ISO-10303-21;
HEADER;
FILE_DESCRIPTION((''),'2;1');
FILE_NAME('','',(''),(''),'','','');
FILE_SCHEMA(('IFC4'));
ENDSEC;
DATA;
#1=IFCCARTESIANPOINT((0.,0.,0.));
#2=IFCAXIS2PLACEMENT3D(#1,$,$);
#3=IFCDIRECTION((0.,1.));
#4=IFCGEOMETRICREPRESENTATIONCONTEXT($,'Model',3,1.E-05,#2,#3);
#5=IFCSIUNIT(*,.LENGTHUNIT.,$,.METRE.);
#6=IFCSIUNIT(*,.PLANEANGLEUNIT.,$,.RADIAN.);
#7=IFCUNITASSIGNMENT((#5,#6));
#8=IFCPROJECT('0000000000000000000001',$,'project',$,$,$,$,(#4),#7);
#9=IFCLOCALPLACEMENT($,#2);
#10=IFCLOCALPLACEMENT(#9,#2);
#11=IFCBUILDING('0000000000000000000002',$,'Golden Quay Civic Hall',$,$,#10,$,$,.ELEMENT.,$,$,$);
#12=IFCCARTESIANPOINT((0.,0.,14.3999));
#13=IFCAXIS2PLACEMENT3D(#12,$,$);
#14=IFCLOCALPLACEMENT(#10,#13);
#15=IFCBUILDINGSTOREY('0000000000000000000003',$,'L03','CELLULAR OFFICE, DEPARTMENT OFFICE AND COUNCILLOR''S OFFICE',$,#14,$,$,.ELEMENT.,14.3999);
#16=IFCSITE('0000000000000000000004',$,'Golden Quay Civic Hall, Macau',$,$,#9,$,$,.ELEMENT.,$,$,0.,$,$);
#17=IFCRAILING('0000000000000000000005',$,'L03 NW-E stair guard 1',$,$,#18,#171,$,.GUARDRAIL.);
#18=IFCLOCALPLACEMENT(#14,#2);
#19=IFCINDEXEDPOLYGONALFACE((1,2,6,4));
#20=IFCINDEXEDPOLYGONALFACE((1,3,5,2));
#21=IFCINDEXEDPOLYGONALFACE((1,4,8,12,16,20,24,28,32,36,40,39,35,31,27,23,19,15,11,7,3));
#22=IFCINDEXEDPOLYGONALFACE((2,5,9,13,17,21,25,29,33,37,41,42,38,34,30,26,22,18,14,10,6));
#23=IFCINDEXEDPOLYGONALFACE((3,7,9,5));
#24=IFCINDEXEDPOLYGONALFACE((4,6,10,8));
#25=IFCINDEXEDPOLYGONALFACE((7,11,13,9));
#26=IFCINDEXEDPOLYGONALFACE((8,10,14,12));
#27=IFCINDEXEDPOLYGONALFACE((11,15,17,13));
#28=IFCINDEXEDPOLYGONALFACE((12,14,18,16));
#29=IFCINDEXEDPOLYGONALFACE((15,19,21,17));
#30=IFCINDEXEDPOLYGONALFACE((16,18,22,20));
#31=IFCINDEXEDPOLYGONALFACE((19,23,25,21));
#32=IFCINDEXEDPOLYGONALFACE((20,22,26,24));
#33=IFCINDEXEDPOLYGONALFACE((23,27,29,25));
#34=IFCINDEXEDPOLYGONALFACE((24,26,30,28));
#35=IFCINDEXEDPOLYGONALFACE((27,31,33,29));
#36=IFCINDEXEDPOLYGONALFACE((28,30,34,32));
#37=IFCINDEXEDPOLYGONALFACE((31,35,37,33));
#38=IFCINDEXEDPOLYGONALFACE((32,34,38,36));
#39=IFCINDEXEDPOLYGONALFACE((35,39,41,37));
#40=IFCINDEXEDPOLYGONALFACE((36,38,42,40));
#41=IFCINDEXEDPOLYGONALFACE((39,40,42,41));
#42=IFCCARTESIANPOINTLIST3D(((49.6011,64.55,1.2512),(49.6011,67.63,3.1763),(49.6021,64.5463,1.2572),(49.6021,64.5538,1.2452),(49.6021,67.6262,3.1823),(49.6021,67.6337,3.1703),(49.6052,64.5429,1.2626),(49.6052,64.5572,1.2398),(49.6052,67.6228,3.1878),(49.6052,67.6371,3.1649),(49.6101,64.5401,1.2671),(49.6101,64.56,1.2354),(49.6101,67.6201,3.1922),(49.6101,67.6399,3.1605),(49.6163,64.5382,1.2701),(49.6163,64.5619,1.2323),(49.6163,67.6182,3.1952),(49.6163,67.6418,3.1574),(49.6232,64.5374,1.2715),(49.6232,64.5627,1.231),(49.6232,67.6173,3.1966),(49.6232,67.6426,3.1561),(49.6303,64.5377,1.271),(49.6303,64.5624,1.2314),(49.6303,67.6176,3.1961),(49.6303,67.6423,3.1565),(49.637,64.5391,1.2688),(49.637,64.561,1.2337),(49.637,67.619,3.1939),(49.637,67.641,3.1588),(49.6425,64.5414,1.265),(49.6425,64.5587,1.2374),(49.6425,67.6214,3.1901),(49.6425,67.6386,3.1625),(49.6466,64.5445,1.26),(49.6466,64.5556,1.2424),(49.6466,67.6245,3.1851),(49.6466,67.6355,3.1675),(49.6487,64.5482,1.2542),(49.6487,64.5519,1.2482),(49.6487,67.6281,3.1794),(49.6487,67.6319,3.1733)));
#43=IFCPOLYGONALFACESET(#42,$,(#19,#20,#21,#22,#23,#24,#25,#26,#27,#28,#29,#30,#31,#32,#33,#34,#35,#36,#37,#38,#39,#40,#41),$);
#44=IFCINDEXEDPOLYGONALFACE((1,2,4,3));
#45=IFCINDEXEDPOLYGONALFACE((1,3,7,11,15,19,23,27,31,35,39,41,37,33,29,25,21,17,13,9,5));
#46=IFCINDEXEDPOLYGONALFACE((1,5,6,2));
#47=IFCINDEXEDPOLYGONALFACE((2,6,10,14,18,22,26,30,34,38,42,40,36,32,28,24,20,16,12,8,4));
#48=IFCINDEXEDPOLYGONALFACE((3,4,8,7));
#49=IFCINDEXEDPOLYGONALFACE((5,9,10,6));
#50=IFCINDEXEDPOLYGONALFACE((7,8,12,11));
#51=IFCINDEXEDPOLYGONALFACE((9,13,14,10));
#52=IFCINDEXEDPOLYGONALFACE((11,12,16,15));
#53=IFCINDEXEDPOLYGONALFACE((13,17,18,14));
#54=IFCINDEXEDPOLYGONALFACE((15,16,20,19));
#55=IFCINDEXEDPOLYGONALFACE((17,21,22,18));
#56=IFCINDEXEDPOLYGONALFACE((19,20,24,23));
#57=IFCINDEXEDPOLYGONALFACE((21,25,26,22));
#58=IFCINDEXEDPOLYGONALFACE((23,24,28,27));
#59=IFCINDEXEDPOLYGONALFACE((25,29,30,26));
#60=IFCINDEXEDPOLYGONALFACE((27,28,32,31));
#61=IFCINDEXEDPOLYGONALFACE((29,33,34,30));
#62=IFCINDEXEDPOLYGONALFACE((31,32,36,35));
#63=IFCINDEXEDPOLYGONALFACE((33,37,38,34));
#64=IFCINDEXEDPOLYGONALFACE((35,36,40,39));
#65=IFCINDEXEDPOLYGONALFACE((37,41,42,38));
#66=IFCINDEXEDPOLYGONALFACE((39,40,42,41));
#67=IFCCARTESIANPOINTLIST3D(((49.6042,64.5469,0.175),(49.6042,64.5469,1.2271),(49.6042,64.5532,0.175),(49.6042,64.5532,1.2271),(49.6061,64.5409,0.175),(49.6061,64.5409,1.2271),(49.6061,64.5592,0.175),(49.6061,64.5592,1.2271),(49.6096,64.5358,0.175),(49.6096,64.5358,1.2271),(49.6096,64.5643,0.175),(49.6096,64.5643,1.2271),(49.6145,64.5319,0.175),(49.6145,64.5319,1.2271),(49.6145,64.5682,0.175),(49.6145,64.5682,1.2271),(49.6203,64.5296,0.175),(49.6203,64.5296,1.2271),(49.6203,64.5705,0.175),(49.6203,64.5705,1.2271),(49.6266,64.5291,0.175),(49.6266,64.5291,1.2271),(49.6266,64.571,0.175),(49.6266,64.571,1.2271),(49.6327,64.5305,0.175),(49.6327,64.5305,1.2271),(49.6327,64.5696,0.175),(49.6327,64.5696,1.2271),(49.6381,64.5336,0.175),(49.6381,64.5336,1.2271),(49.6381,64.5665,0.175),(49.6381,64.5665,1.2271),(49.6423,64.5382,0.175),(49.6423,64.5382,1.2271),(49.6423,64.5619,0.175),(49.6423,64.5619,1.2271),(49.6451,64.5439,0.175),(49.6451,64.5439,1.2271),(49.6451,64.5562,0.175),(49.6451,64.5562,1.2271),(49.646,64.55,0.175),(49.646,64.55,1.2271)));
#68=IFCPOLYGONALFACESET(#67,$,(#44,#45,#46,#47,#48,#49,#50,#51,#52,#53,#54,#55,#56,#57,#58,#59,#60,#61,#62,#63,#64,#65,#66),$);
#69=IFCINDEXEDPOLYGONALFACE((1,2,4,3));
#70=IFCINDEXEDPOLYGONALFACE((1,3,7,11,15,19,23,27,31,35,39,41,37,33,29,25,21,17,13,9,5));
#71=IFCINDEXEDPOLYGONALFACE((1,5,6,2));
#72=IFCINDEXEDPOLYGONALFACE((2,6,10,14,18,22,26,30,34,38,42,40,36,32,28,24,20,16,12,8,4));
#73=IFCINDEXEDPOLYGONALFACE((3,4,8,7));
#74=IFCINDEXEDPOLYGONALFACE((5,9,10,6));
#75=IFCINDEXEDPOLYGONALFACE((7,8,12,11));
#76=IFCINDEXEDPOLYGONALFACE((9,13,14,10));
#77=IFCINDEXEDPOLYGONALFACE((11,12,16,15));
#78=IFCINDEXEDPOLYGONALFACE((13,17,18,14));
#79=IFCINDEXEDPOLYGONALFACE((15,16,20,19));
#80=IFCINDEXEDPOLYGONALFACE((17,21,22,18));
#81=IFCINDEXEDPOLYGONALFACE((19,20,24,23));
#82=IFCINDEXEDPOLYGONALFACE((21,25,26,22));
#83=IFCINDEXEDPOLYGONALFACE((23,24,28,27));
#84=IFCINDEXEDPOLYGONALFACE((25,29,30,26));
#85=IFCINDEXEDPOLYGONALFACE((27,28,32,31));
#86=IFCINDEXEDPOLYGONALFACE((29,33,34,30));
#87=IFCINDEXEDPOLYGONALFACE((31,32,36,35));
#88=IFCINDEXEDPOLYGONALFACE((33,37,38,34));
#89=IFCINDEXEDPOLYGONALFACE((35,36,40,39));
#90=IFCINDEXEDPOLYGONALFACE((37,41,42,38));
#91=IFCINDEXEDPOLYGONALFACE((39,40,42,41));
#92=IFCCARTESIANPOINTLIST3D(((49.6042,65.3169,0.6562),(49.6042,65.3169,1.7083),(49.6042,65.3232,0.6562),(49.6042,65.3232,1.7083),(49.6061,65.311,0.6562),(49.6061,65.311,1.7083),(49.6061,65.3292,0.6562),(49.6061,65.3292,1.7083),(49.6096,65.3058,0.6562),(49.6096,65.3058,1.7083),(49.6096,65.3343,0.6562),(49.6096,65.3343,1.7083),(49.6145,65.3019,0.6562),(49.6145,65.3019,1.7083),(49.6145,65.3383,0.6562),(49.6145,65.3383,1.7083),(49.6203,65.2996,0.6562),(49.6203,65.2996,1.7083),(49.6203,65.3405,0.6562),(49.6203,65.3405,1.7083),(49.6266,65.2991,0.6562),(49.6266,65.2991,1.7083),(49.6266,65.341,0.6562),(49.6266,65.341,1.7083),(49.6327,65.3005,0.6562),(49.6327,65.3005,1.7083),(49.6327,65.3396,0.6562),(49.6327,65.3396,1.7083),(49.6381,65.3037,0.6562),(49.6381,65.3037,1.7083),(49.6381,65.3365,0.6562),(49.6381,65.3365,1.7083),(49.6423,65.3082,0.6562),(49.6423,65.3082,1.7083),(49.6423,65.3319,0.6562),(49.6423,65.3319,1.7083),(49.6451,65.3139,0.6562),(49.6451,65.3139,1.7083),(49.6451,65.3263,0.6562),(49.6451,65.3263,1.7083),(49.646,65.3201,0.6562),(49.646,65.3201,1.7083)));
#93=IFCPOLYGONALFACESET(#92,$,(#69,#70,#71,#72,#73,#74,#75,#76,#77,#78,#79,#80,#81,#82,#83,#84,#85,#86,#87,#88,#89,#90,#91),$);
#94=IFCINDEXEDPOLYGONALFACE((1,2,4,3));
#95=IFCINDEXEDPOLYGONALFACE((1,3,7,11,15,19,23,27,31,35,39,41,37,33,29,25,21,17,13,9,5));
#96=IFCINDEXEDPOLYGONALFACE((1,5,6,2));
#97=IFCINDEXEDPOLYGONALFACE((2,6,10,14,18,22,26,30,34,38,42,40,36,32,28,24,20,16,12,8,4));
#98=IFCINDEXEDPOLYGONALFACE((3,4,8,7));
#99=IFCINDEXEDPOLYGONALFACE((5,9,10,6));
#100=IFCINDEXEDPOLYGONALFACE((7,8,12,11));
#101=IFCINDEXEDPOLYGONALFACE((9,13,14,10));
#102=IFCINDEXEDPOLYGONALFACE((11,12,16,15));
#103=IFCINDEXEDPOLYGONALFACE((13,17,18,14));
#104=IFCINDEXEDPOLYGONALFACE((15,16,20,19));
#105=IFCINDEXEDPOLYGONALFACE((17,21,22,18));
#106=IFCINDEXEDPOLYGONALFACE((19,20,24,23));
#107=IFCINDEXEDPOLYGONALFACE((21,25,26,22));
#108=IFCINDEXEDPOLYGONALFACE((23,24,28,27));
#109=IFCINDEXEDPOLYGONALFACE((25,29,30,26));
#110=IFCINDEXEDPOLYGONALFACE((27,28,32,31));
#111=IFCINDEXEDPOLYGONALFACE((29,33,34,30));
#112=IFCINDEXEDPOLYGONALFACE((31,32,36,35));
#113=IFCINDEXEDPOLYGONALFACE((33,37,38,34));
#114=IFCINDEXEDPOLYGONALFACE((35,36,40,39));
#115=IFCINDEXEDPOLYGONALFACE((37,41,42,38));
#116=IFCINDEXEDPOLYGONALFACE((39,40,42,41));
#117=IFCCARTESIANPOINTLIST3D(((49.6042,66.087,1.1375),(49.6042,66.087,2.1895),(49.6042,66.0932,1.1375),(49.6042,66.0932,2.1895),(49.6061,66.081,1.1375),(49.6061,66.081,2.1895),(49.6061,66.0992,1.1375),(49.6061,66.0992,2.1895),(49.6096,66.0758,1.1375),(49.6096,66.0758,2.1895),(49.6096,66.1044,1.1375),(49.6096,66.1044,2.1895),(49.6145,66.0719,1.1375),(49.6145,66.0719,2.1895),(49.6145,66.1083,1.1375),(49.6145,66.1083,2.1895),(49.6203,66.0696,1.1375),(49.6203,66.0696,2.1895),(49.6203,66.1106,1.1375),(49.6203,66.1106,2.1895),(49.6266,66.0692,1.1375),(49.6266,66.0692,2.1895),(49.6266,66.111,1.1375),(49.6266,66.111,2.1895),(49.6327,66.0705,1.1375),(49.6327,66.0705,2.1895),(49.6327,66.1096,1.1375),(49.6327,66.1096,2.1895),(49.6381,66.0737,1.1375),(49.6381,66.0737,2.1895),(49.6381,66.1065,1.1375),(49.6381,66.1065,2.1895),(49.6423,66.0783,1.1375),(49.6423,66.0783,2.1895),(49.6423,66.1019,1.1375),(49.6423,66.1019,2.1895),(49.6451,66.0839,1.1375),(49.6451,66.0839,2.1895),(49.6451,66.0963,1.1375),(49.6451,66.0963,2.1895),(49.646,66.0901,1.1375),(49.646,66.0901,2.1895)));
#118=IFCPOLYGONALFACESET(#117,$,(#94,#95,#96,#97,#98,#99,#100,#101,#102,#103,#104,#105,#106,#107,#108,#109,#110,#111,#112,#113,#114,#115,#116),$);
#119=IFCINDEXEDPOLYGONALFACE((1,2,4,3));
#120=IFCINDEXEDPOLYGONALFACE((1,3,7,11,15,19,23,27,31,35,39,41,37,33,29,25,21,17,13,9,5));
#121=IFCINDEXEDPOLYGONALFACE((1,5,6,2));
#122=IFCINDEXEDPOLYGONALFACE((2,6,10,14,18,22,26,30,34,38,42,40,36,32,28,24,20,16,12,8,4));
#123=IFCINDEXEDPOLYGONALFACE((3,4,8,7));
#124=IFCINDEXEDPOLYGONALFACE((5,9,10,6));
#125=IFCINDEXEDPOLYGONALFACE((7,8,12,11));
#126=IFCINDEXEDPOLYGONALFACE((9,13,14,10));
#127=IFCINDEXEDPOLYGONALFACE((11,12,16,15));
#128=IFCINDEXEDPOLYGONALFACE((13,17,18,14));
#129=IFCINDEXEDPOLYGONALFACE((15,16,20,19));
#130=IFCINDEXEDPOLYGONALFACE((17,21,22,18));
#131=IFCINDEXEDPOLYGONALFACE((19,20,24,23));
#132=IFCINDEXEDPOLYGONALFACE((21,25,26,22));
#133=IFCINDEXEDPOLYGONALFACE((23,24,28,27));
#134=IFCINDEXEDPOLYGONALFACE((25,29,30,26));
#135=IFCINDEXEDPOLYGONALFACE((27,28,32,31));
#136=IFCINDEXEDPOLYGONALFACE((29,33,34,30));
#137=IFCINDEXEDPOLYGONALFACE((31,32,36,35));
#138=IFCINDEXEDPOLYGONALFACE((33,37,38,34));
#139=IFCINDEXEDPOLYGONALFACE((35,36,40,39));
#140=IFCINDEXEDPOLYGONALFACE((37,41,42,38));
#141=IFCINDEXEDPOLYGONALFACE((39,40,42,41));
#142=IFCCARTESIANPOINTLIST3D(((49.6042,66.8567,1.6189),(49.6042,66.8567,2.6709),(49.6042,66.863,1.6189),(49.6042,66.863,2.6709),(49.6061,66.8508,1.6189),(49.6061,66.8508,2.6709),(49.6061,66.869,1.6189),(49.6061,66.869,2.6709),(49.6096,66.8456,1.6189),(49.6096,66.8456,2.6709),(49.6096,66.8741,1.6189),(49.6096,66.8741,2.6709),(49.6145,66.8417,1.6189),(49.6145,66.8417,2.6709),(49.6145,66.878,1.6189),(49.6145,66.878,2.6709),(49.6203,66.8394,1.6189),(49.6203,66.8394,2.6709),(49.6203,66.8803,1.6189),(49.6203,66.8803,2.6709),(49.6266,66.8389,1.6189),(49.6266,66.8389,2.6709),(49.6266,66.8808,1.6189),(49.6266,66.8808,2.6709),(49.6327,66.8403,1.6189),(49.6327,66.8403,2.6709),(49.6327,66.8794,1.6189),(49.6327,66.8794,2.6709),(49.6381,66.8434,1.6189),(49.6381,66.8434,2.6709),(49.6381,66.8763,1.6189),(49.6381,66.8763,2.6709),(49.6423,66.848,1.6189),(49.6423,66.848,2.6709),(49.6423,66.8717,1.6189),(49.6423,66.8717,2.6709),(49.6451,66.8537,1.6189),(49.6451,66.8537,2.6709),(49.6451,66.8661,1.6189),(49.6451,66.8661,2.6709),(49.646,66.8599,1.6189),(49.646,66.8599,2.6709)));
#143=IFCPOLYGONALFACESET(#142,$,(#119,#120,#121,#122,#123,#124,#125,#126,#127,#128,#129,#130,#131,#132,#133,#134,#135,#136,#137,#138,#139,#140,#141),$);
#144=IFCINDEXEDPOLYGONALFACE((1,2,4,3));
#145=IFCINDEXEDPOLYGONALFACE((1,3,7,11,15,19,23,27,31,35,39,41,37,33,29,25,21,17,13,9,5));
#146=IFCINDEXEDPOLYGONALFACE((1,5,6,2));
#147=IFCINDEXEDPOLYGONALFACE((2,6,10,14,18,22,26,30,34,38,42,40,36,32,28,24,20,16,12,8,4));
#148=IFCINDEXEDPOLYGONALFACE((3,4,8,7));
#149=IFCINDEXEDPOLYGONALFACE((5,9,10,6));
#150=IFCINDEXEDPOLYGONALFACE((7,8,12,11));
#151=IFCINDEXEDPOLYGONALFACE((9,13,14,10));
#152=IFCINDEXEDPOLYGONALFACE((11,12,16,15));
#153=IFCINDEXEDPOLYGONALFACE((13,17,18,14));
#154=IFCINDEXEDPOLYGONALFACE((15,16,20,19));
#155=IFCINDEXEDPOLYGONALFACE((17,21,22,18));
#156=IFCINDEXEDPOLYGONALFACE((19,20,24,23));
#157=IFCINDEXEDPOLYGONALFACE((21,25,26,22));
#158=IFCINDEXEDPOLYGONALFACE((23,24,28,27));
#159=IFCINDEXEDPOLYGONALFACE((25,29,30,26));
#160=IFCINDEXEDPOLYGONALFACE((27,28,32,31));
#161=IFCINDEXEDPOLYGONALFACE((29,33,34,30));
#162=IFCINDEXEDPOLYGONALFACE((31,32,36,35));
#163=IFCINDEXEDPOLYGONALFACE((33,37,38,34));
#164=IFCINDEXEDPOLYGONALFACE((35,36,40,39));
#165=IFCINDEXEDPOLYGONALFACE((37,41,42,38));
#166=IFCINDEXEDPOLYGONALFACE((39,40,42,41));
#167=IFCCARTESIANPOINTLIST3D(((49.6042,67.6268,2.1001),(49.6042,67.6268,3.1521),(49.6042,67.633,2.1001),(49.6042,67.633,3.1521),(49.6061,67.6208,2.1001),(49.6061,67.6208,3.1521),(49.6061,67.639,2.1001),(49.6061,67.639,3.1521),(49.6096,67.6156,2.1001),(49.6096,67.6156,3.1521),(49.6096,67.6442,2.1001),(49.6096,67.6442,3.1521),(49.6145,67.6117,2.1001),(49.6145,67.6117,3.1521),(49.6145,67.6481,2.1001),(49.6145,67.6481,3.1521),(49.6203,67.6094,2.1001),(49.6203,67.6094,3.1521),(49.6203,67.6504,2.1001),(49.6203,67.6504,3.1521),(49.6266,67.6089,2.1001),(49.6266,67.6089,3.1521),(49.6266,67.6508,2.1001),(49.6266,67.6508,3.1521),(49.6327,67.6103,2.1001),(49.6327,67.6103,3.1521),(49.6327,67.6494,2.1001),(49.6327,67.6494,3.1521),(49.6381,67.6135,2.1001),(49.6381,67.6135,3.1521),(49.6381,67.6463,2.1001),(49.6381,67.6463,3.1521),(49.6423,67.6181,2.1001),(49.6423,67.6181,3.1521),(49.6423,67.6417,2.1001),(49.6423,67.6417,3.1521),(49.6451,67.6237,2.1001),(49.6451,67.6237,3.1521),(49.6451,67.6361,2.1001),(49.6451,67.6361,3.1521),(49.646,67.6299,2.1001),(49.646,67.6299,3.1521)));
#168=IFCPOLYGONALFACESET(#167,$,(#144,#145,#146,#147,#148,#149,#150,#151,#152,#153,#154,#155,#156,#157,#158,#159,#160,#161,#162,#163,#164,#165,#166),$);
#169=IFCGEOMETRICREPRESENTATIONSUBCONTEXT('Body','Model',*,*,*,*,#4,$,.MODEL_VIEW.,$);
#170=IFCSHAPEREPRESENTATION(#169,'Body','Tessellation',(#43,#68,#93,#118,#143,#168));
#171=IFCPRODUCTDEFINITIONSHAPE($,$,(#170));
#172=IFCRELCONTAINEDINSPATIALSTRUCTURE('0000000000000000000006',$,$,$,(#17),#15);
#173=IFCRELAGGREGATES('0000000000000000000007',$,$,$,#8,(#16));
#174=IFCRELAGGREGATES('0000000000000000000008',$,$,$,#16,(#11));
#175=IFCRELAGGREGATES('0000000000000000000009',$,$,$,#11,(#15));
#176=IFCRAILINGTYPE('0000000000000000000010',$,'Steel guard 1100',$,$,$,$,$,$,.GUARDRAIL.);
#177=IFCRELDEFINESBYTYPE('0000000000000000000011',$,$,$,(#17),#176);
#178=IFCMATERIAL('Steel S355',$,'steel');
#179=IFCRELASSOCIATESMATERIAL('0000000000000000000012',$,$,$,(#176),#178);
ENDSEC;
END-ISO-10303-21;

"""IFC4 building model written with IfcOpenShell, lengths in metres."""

from ifc_helpers import new_model, si_unit, direction, frame, origin, origin_2d, place, context, subcontext, project, spatial, circle, extrude, material, type_object, element, save


model = new_model("IFC4")

# Units and contexts
model_context = context("Model", 3, precision=1e-05, world=origin(), true_north=direction((0.0, 1.0)))
body_context = subcontext(model_context, "Body", "Model", "MODEL_VIEW")
ifc_project = project(units=[si_unit("LENGTHUNIT", "METRE"), si_unit("PLANEANGLEUNIT", "RADIAN")], contexts=[model_context])

# Site, building, storey
site_placement = place(None, origin())
site = spatial("IfcSite", under=ifc_project, at=site_placement, Name="Golden Quay Civic Hall, Macau", CompositionType="ELEMENT", RefElevation=0.0)
building_placement = place(site_placement, origin())
building = spatial("IfcBuilding", under=site, at=building_placement, Name="Golden Quay Civic Hall", CompositionType="ELEMENT")
storey_placement = place(building_placement, frame((0.0, 0.0, 14.3999)))
storey = spatial("IfcBuildingStorey", under=building, at=storey_placement, Name="L03", Description="CELLULAR OFFICE, DEPARTMENT OFFICE AND COUNCILLOR'S OFFICE", CompositionType="ELEMENT", Elevation=14.3999)

# Railing
ifc_material_1 = material(Name="Steel S355", Category="steel")
railing_type = type_object("IfcRailingType", Name="Steel guard 1100", PredefinedType="GUARDRAIL", material=ifc_material_1)
railing_1_placement = place(storey_placement, frame((49.625, 64.55, 0.175)))
element("IfcRailing", 1, at=railing_1_placement, inside=storey, type_object=railing_type, Name="L03 NW-E stair guard 1", PredefinedType="GUARDRAIL", context=body_context, shape_type="SweptSolid", body=[
    extrude(circle(Radius=0.0239, at=origin_2d()), frame((0.0, 0.0, 1.0762), z_axis=(0.0, 0.847979, 0.530029), x_axis=(-1.0, 0.0, 0.0)), (0.0, 0.0, 1.0), 3.6321),
    extrude(circle(Radius=0.021, at=origin_2d()), origin(), (0.0, 0.0, 1.0), 1.052),
    extrude(circle(Radius=0.021, at=origin_2d()), frame((0.0, 0.77, 0.4812)), (0.0, 0.0, 1.0), 1.052),
    extrude(circle(Radius=0.021, at=origin_2d()), frame((0.0, 1.54, 0.9624)), (0.0, 0.0, 1.0), 1.052),
    extrude(circle(Radius=0.021, at=origin_2d()), frame((0.0, 2.3098, 1.4438)), (0.0, 0.0, 1.0), 1.052),
    extrude(circle(Radius=0.021, at=origin_2d()), frame((0.0, 3.0798, 1.925)), (0.0, 0.0, 1.0), 1.052),
])

save(model, "model.ifc")
